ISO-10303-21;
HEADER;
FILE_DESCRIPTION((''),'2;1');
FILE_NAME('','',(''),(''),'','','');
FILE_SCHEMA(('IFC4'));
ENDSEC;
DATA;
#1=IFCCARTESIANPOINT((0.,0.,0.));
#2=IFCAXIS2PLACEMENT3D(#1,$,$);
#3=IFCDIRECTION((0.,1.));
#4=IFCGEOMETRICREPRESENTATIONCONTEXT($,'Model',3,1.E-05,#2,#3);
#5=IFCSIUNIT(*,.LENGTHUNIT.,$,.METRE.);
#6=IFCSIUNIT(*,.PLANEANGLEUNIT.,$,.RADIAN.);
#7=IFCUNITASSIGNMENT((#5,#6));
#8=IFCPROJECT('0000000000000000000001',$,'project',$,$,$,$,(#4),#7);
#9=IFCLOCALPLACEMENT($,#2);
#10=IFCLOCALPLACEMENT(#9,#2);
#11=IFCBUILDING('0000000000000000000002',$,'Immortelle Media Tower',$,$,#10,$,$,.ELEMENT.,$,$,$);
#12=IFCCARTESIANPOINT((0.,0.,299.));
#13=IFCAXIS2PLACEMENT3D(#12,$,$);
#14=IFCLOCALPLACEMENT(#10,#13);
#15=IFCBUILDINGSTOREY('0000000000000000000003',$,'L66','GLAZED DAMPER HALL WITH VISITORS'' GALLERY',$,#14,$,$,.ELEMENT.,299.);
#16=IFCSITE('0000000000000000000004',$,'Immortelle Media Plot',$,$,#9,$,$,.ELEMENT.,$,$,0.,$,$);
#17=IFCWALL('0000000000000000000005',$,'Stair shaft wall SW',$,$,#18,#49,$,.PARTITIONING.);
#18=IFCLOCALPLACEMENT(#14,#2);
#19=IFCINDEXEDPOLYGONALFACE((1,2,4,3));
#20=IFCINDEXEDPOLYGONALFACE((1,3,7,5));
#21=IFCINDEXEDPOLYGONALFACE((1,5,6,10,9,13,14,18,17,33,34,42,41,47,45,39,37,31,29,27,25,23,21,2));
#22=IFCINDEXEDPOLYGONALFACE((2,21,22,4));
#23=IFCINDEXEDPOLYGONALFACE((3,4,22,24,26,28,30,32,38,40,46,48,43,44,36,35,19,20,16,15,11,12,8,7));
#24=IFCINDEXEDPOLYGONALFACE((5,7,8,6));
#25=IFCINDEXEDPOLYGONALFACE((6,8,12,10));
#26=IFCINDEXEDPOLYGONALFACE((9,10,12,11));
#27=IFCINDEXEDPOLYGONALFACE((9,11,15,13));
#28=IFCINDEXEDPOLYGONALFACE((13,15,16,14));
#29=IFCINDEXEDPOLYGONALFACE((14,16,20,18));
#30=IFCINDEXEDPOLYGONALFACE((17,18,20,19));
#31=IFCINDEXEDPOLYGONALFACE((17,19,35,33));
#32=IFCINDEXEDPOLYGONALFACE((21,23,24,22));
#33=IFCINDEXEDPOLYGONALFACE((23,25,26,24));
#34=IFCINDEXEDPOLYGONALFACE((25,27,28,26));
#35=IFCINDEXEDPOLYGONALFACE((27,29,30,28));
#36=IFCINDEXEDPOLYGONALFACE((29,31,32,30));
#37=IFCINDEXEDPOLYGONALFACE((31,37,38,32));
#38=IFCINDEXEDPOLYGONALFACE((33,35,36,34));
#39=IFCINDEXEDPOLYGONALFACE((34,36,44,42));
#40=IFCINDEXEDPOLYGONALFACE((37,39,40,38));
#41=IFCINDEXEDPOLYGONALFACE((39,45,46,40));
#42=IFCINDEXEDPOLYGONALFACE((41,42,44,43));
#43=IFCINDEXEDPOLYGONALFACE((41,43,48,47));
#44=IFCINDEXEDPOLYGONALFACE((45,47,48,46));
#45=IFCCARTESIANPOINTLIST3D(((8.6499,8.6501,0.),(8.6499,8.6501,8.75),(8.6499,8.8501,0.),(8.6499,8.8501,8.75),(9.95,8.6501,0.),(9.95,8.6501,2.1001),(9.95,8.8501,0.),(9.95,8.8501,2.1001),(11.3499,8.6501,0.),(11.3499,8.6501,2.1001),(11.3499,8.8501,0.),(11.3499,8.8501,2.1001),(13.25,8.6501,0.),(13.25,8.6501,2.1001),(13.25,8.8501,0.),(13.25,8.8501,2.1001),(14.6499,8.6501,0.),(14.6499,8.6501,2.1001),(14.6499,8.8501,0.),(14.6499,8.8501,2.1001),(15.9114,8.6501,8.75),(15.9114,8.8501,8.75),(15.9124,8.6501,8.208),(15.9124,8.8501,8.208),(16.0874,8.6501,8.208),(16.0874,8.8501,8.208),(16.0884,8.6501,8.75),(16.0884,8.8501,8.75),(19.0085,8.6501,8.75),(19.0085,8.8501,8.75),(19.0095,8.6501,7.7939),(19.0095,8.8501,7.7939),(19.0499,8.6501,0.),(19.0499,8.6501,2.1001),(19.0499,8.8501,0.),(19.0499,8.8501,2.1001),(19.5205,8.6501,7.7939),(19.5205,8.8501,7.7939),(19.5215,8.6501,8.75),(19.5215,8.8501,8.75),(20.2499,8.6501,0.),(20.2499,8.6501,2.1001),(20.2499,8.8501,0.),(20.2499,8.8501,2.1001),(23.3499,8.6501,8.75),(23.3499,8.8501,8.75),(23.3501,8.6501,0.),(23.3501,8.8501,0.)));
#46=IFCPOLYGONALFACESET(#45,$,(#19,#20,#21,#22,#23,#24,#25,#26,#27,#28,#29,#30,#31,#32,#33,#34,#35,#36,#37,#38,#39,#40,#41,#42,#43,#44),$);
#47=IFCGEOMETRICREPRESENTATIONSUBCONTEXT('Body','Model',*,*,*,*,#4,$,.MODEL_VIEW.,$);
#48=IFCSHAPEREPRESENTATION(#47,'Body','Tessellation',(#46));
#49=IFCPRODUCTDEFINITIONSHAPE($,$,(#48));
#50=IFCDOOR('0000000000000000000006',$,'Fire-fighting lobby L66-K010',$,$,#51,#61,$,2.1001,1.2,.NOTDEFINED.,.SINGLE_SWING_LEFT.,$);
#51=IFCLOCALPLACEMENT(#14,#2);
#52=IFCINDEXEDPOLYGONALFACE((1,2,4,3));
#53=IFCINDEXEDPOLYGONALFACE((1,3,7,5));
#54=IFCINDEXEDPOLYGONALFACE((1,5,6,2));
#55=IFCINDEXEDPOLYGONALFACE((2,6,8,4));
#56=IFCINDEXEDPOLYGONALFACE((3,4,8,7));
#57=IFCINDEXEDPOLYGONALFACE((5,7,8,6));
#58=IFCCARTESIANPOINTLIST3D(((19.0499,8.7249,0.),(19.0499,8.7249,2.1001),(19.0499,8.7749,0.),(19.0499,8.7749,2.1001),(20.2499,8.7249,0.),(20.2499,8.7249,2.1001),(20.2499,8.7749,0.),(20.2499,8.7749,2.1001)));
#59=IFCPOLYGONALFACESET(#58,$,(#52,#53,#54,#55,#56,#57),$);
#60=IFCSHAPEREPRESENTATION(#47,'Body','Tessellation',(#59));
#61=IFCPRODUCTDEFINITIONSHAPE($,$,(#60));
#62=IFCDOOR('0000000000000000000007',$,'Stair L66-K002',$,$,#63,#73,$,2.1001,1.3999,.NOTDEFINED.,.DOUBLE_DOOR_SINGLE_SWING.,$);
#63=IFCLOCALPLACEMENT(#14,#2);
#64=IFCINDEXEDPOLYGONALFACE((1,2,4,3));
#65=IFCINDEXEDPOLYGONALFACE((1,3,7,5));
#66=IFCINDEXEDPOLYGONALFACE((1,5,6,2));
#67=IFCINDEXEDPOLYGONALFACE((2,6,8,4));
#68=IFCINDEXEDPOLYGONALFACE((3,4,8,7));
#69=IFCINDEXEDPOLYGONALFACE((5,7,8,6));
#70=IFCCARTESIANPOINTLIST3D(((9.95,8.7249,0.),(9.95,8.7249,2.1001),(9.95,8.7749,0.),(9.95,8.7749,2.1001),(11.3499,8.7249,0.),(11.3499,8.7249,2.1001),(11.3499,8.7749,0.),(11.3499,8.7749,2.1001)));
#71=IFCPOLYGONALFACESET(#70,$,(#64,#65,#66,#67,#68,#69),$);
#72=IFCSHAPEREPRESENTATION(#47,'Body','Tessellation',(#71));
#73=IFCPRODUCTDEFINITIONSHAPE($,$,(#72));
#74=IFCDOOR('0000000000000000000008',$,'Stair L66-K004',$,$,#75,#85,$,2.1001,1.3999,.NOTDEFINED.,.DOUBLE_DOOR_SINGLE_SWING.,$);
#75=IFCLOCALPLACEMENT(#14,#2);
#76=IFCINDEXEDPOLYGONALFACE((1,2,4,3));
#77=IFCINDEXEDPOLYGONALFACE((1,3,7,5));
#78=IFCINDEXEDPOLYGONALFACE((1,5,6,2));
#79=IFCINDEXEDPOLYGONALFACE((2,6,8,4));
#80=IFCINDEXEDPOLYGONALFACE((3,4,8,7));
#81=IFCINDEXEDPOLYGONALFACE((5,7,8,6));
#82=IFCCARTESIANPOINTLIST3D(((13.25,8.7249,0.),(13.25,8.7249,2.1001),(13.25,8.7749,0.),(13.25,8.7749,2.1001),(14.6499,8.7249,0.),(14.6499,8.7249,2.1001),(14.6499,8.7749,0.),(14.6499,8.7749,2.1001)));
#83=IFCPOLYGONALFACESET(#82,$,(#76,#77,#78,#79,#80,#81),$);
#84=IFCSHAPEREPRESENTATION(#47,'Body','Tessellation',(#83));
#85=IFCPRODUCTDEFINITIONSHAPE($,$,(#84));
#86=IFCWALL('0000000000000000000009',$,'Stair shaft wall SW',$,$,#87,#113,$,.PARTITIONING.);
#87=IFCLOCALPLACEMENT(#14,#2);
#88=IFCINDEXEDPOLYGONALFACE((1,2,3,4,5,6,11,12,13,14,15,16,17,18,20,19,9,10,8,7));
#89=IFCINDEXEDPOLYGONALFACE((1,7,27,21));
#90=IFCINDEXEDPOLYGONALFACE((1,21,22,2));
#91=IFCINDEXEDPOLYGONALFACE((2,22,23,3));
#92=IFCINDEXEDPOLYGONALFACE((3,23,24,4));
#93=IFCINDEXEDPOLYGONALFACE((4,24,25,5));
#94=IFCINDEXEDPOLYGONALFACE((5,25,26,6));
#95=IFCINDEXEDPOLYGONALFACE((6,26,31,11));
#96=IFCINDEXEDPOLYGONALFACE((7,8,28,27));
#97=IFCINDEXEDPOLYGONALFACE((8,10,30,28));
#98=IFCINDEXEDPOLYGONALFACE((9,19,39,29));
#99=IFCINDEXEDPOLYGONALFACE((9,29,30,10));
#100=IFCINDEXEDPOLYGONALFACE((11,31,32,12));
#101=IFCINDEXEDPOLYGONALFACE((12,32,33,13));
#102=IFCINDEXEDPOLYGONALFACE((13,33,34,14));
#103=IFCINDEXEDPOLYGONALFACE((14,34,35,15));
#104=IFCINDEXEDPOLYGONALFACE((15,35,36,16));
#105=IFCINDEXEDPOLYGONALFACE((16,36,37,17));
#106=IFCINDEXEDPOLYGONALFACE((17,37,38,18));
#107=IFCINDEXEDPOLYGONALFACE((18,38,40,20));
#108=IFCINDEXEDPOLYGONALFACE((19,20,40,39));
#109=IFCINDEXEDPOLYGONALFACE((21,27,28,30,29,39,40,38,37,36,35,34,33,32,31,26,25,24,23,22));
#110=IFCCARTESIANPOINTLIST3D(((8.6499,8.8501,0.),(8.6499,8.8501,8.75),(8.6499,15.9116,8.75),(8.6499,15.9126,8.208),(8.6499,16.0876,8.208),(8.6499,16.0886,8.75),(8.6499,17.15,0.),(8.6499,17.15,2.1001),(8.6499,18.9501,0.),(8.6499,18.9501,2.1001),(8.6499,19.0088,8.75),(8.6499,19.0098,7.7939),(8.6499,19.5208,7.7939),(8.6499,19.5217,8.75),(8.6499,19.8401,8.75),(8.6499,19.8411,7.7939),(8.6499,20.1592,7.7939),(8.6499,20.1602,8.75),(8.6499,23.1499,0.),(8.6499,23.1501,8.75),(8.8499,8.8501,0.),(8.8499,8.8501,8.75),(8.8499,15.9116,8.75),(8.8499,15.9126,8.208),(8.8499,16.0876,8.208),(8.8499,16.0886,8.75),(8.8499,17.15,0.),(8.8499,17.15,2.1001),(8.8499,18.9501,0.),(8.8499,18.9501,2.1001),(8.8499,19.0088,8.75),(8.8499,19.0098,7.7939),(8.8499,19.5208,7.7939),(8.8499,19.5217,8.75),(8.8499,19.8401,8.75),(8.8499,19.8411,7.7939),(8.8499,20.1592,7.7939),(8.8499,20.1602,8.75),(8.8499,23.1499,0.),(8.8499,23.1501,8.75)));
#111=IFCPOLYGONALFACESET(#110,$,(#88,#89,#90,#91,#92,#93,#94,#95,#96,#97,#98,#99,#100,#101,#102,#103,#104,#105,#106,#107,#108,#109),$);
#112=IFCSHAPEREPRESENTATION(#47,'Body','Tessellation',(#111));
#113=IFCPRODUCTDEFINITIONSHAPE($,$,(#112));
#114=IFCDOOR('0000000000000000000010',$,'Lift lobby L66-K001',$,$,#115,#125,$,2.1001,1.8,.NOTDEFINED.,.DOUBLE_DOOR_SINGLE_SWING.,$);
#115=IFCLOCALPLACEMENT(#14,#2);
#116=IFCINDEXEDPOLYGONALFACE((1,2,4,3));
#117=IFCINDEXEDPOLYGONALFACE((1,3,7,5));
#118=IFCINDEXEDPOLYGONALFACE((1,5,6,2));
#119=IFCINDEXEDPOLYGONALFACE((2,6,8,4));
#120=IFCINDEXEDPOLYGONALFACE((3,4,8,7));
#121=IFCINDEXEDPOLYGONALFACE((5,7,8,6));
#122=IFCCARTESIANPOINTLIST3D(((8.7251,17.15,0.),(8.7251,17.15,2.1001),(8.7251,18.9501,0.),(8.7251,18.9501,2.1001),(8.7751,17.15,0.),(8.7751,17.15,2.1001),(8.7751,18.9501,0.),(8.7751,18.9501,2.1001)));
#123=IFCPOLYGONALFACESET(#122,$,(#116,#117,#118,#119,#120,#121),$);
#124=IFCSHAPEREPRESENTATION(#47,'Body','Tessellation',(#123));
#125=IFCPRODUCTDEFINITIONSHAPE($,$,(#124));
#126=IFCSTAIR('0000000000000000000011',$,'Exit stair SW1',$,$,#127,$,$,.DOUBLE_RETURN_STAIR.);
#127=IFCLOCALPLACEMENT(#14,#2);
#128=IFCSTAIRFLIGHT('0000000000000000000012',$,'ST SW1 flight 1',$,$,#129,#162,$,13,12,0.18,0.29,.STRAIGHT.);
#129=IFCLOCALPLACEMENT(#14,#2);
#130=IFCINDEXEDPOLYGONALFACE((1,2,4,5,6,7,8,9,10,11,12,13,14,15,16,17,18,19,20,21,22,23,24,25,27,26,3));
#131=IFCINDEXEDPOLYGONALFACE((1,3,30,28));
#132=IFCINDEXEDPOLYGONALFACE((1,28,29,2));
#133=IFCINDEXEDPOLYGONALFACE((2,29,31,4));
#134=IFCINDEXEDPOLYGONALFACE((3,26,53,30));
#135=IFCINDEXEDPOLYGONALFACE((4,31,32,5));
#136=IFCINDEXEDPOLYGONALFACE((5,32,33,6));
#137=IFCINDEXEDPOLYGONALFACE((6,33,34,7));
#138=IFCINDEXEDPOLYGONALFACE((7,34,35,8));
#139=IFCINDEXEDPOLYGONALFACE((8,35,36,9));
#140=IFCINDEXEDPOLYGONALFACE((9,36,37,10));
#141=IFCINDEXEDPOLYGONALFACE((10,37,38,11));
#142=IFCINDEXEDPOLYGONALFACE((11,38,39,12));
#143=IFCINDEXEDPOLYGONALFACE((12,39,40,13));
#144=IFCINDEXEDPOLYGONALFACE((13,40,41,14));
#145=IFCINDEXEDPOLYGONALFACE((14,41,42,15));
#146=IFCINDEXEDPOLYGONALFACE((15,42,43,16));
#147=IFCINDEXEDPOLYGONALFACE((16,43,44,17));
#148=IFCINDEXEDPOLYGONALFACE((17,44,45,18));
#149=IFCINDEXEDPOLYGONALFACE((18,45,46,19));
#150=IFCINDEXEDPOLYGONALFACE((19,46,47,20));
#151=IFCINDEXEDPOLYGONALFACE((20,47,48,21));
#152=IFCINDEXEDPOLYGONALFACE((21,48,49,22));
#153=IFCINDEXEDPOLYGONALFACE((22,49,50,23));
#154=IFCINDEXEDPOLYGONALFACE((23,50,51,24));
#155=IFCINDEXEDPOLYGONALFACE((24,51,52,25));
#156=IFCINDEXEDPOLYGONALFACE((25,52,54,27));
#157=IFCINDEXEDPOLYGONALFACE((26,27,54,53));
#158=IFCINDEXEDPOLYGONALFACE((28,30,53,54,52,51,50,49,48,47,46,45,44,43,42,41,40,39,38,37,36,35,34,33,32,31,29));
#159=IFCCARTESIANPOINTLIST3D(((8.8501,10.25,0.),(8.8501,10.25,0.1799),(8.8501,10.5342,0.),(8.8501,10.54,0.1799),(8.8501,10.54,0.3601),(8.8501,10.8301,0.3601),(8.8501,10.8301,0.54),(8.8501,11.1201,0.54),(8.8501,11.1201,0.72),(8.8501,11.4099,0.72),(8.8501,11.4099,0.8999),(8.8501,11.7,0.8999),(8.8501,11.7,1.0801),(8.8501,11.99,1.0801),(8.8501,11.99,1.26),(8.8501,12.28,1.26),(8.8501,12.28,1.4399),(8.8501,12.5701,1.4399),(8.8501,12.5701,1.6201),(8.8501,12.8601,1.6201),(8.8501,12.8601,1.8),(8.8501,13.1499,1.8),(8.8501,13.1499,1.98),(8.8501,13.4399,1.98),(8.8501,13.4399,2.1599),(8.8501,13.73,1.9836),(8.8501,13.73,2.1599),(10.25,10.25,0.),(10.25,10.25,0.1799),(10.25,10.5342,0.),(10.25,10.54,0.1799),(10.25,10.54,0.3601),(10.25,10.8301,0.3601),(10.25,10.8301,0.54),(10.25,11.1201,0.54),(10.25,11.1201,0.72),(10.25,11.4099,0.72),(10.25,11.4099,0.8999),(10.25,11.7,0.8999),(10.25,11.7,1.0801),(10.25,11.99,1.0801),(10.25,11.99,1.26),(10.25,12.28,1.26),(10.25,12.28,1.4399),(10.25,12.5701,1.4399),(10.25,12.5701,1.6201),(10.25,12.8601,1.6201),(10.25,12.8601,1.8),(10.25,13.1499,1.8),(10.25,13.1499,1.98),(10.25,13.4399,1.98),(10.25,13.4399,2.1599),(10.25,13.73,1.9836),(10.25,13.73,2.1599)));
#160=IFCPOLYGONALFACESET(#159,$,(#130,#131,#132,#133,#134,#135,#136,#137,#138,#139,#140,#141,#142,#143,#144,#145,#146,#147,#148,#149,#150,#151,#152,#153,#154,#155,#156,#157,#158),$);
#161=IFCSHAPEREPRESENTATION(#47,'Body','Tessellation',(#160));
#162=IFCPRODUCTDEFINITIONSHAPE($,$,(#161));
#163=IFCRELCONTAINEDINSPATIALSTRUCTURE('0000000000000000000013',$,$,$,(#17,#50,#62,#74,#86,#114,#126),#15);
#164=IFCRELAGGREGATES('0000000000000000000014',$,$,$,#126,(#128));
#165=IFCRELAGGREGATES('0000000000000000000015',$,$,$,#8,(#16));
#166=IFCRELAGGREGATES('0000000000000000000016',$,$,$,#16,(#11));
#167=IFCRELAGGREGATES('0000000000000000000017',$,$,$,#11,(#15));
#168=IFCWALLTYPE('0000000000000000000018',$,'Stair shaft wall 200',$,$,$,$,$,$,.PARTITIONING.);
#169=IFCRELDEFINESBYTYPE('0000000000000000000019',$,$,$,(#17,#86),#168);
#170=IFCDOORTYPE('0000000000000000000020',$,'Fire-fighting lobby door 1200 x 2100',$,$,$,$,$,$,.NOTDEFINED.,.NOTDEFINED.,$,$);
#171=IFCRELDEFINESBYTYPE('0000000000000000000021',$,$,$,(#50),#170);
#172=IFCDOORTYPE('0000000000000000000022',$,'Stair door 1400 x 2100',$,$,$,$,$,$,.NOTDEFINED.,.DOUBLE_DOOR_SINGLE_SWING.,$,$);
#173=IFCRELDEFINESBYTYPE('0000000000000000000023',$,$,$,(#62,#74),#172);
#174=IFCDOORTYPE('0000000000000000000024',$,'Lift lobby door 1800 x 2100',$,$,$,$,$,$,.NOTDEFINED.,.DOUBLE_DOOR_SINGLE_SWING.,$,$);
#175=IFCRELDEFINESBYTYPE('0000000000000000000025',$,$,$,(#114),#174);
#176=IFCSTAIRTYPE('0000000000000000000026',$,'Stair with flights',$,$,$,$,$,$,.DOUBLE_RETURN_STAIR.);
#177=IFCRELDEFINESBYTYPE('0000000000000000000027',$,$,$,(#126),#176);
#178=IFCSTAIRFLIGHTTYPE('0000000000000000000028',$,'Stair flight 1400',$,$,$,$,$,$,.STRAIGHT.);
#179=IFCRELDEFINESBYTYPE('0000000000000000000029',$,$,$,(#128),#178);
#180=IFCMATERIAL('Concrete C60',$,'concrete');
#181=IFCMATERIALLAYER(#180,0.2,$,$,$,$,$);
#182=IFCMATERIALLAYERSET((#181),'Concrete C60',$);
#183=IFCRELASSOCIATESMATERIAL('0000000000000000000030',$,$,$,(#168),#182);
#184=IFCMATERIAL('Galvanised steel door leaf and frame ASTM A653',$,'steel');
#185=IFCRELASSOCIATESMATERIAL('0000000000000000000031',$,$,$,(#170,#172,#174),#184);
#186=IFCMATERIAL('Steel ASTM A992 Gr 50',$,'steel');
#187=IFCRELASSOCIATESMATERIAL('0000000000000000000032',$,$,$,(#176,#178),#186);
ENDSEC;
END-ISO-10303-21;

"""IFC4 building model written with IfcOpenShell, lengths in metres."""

from ifc_helpers import new_model, si_unit, direction, frame, frame_2d, origin, place, context, subcontext, project, spatial, polyline, rectangle, outline, extrude, material, layer, layer_set, type_object, element, fill, aggregate, save


model = new_model("IFC4")

# Units and contexts
model_context = context("Model", 3, precision=1e-05, world=origin(), true_north=direction((0.0, 1.0)))
body_context = subcontext(model_context, "Body", "Model", "MODEL_VIEW")
ifc_project = project(units=[si_unit("LENGTHUNIT", "METRE"), si_unit("PLANEANGLEUNIT", "RADIAN")], contexts=[model_context])

# Site, building, storey
site_placement = place(None, origin())
site = spatial("IfcSite", under=ifc_project, at=site_placement, Name="Immortelle Media Plot", CompositionType="ELEMENT", RefElevation=0.0)
building_placement = place(site_placement, origin())
building = spatial("IfcBuilding", under=site, at=building_placement, Name="Immortelle Media Tower", CompositionType="ELEMENT")
storey_placement = place(building_placement, frame((0.0, 0.0, 299.0)))
storey = spatial("IfcBuildingStorey", under=building, at=storey_placement, Name="L66", Description="GLAZED DAMPER HALL WITH VISITORS' GALLERY", CompositionType="ELEMENT", Elevation=299.0)

# Shared definitions
ifc_material_1 = material(Name="Steel ASTM A992 Gr 50", Category="steel")

# Wall, openings, doors
ifc_material_2 = material(Name="Concrete C60", Category="concrete")
ifc_layer_1 = layer(ifc_material_2, 0.2)
ifc_layer_set_1 = layer_set([ifc_layer_1], Name="Concrete C60")
wall_type = type_object("IfcWallType", Name="Stair shaft wall 200", PredefinedType="PARTITIONING", material=ifc_layer_set_1)
wall_1_placement = place(storey_placement, frame((8.6499, 8.75, 0.0), z_axis=(0.0, 0.0, 1.0), x_axis=(1.0, 0.0, 0.0)))
wall_1 = element("IfcWall", 1, at=wall_1_placement, inside=storey, type_object=wall_type, Name="Stair shaft wall SW", PredefinedType="PARTITIONING", context=body_context, shape_type="SweptSolid", body=[
    extrude(outline(polyline([(0.0, 0.0), (14.7002, 0.0), (14.7, 8.75), (10.8716, 8.75), (10.8706, 7.7939), (10.3596, 7.7939), (10.3586, 8.75), (7.4385, 8.75), (7.4375, 8.208), (7.2625, 8.208), (7.2615, 8.75), (0.0, 8.75), (0.0, 0.0)])), frame((0.0, 0.1001, 0.0), z_axis=(0.0, -1.0, 0.0), x_axis=(1.0, 0.0, 0.0)), (0.0, 0.0, 1.0), 0.2),
])
opening_1_placement = place(wall_1_placement, frame((1.3, 0.0, 0.0)))
opening_1 = element("IfcOpeningElement", 2, at=opening_1_placement, cuts=wall_1, PredefinedType="OPENING", context=body_context, shape_type="SweptSolid", body=[
    extrude(rectangle(XDim=1.3999, YDim=2.1001, at=frame_2d((0.7, 1.05))), frame((0.0, 0.1099, 0.0), z_axis=(0.0, -1.0, 0.0), x_axis=(1.0, 0.0, 0.0)), (0.0, 0.0, 1.0), 0.22),
])
opening_2_placement = place(wall_1_placement, frame((4.6001, 0.0, 0.0)))
opening_2 = element("IfcOpeningElement", 3, at=opening_2_placement, cuts=wall_1, PredefinedType="OPENING", context=body_context, shape_type="SweptSolid", body=[
    extrude(rectangle(XDim=1.3999, YDim=2.1001, at=frame_2d((0.7, 1.05))), frame((0.0, 0.1099, 0.0), z_axis=(0.0, -1.0, 0.0), x_axis=(1.0, 0.0, 0.0)), (0.0, 0.0, 1.0), 0.22),
])
opening_3_placement = place(wall_1_placement, frame((10.3999, 0.0, 0.0)))
opening_3 = element("IfcOpeningElement", 4, at=opening_3_placement, cuts=wall_1, PredefinedType="OPENING", context=body_context, shape_type="SweptSolid", body=[
    extrude(rectangle(XDim=1.2, YDim=2.1001, at=frame_2d((0.6001, 1.05))), frame((0.0, 0.1099, 0.0), z_axis=(0.0, -1.0, 0.0), x_axis=(1.0, 0.0, 0.0)), (0.0, 0.0, 1.0), 0.22),
])
ifc_material_3 = material(Name="Galvanised steel door leaf and frame ASTM A653", Category="steel")
door_type_1 = type_object("IfcDoorType", Name="Fire-fighting lobby door 1200 x 2100", OperationType="NOTDEFINED", PredefinedType="NOTDEFINED", material=ifc_material_3)
door_1_placement = place(opening_3_placement, origin())
door_1 = element("IfcDoor", 5, at=door_1_placement, inside=storey, type_object=door_type_1, Name="Fire-fighting lobby L66-K010", OperationType="SINGLE_SWING_LEFT", OverallHeight=2.1001, OverallWidth=1.2, PredefinedType="NOTDEFINED", context=body_context, shape_type="SweptSolid", body=[
    extrude(rectangle(XDim=1.2, YDim=2.1001, at=frame_2d((0.6001, 1.05))), frame((0.0, 0.0249, 0.0), z_axis=(0.0, -1.0, 0.0), x_axis=(1.0, 0.0, 0.0)), (0.0, 0.0, 1.0), 0.05),
])
fill(opening_3, door_1)
door_type_2 = type_object("IfcDoorType", Name="Stair door 1400 x 2100", OperationType="DOUBLE_DOOR_SINGLE_SWING", PredefinedType="NOTDEFINED", material=ifc_material_3)
door_2_placement = place(opening_1_placement, origin())
door_2 = element("IfcDoor", 6, at=door_2_placement, inside=storey, type_object=door_type_2, Name="Stair L66-K002", OperationType="DOUBLE_DOOR_SINGLE_SWING", OverallHeight=2.1001, OverallWidth=1.3999, PredefinedType="NOTDEFINED", context=body_context, shape_type="SweptSolid", body=[
    extrude(rectangle(XDim=1.3999, YDim=2.1001, at=frame_2d((0.7, 1.05))), frame((0.0, 0.0249, 0.0), z_axis=(0.0, -1.0, 0.0), x_axis=(1.0, 0.0, 0.0)), (0.0, 0.0, 1.0), 0.05),
])
fill(opening_1, door_2)
door_3_placement = place(opening_2_placement, origin())
door_3 = element("IfcDoor", 7, at=door_3_placement, inside=storey, type_object=door_type_2, Name="Stair L66-K004", OperationType="DOUBLE_DOOR_SINGLE_SWING", OverallHeight=2.1001, OverallWidth=1.3999, PredefinedType="NOTDEFINED", context=body_context, shape_type="SweptSolid", body=[
    extrude(rectangle(XDim=1.3999, YDim=2.1001, at=frame_2d((0.7, 1.05))), frame((0.0, 0.0249, 0.0), z_axis=(0.0, -1.0, 0.0), x_axis=(1.0, 0.0, 0.0)), (0.0, 0.0, 1.0), 0.05),
])
fill(opening_2, door_3)

# Wall, opening, door
wall_2_placement = place(storey_placement, frame((8.75, 8.8501, 0.0), z_axis=(0.0, 0.0, 1.0), x_axis=(0.0, 1.0, 0.0)))
wall_2 = element("IfcWall", 8, at=wall_2_placement, inside=storey, type_object=wall_type, Name="Stair shaft wall SW", PredefinedType="PARTITIONING", context=body_context, shape_type="SweptSolid", body=[
    extrude(outline(polyline([(0.0, 0.0), (14.2998, 0.0), (14.3, 8.75), (11.3101, 8.75), (11.3091, 7.7939), (10.991, 7.7939), (10.99, 8.75), (10.6716, 8.75), (10.6707, 7.7939), (10.1597, 7.7939), (10.1587, 8.75), (7.2385, 8.75), (7.2375, 8.208), (7.0625, 8.208), (7.0615, 8.75), (0.0, 8.75), (0.0, 0.0)])), frame((0.0, 0.1001, 0.0), z_axis=(0.0, -1.0, 0.0), x_axis=(1.0, 0.0, 0.0)), (0.0, 0.0, 1.0), 0.2),
])
opening_4_placement = place(wall_2_placement, frame((8.3, 0.0, 0.0)))
opening_4 = element("IfcOpeningElement", 9, at=opening_4_placement, cuts=wall_2, PredefinedType="OPENING", context=body_context, shape_type="SweptSolid", body=[
    extrude(rectangle(XDim=1.8, YDim=2.1001, at=frame_2d((0.8999, 1.05))), frame((0.0, 0.1099, 0.0), z_axis=(0.0, -1.0, 0.0), x_axis=(1.0, 0.0, 0.0)), (0.0, 0.0, 1.0), 0.22),
])
door_type_3 = type_object("IfcDoorType", Name="Lift lobby door 1800 x 2100", OperationType="DOUBLE_DOOR_SINGLE_SWING", PredefinedType="NOTDEFINED", material=ifc_material_3)
door_4_placement = place(opening_4_placement, origin())
door_4 = element("IfcDoor", 10, at=door_4_placement, inside=storey, type_object=door_type_3, Name="Lift lobby L66-K001", OperationType="DOUBLE_DOOR_SINGLE_SWING", OverallHeight=2.1001, OverallWidth=1.8, PredefinedType="NOTDEFINED", context=body_context, shape_type="SweptSolid", body=[
    extrude(rectangle(XDim=1.8, YDim=2.1001, at=frame_2d((0.8999, 1.05))), frame((0.0, 0.0249, 0.0), z_axis=(0.0, -1.0, 0.0), x_axis=(1.0, 0.0, 0.0)), (0.0, 0.0, 1.0), 0.05),
])
fill(opening_4, door_4)

# Stair, stair flight
stair_type = type_object("IfcStairType", Name="Stair with flights", PredefinedType="DOUBLE_RETURN_STAIR", material=ifc_material_1)
stair_placement = place(storey_placement, origin())
stair = element("IfcStair", 11, at=stair_placement, inside=storey, type_object=stair_type, Name="Exit stair SW1", PredefinedType="DOUBLE_RETURN_STAIR")
stair_flight_type = type_object("IfcStairFlightType", Name="Stair flight 1400", PredefinedType="STRAIGHT", material=ifc_material_1)
stair_flight_1_placement = place(storey_placement, frame((9.55, 10.25, 0.0), z_axis=(0.0, 0.0, 1.0), x_axis=(0.0, 1.0, 0.0)))
stair_flight_1 = element("IfcStairFlight", 12, at=stair_flight_1_placement, type_object=stair_flight_type, Name="ST SW1 flight 1", NumberOfRisers=13, NumberOfTreads=12, PredefinedType="STRAIGHT", RiserHeight=0.18, TreadLength=0.29, context=body_context, shape_type="SweptSolid", body=[
    extrude(outline(polyline([(0.0, 0.0), (0.0, 0.1799), (0.29, 0.1799), (0.29, 0.3601), (0.5801, 0.3601), (0.5801, 0.54), (0.8701, 0.54), (0.8701, 0.72), (1.1599, 0.72), (1.1599, 0.8999), (1.45, 0.8999), (1.45, 1.0801), (1.74, 1.0801), (1.74, 1.26), (2.03, 1.26), (2.03, 1.4399), (2.3201, 1.4399), (2.3201, 1.6201), (2.6101, 1.6201), (2.6101, 1.8), (2.8999, 1.8), (2.8999, 1.98), (3.1899, 1.98), (3.1899, 2.1599), (3.48, 2.1599), (3.48, 2.3401), (3.48, 1.9836), (0.2842, 0.0), (0.0, 0.0)])), frame((0.0, 0.7, 0.0), z_axis=(0.0, -1.0, 0.0), x_axis=(1.0, 0.0, 0.0)), (0.0, 0.0, 1.0), 1.3999),
])
aggregate(stair, [stair_flight_1])

save(model, "model.ifc")
